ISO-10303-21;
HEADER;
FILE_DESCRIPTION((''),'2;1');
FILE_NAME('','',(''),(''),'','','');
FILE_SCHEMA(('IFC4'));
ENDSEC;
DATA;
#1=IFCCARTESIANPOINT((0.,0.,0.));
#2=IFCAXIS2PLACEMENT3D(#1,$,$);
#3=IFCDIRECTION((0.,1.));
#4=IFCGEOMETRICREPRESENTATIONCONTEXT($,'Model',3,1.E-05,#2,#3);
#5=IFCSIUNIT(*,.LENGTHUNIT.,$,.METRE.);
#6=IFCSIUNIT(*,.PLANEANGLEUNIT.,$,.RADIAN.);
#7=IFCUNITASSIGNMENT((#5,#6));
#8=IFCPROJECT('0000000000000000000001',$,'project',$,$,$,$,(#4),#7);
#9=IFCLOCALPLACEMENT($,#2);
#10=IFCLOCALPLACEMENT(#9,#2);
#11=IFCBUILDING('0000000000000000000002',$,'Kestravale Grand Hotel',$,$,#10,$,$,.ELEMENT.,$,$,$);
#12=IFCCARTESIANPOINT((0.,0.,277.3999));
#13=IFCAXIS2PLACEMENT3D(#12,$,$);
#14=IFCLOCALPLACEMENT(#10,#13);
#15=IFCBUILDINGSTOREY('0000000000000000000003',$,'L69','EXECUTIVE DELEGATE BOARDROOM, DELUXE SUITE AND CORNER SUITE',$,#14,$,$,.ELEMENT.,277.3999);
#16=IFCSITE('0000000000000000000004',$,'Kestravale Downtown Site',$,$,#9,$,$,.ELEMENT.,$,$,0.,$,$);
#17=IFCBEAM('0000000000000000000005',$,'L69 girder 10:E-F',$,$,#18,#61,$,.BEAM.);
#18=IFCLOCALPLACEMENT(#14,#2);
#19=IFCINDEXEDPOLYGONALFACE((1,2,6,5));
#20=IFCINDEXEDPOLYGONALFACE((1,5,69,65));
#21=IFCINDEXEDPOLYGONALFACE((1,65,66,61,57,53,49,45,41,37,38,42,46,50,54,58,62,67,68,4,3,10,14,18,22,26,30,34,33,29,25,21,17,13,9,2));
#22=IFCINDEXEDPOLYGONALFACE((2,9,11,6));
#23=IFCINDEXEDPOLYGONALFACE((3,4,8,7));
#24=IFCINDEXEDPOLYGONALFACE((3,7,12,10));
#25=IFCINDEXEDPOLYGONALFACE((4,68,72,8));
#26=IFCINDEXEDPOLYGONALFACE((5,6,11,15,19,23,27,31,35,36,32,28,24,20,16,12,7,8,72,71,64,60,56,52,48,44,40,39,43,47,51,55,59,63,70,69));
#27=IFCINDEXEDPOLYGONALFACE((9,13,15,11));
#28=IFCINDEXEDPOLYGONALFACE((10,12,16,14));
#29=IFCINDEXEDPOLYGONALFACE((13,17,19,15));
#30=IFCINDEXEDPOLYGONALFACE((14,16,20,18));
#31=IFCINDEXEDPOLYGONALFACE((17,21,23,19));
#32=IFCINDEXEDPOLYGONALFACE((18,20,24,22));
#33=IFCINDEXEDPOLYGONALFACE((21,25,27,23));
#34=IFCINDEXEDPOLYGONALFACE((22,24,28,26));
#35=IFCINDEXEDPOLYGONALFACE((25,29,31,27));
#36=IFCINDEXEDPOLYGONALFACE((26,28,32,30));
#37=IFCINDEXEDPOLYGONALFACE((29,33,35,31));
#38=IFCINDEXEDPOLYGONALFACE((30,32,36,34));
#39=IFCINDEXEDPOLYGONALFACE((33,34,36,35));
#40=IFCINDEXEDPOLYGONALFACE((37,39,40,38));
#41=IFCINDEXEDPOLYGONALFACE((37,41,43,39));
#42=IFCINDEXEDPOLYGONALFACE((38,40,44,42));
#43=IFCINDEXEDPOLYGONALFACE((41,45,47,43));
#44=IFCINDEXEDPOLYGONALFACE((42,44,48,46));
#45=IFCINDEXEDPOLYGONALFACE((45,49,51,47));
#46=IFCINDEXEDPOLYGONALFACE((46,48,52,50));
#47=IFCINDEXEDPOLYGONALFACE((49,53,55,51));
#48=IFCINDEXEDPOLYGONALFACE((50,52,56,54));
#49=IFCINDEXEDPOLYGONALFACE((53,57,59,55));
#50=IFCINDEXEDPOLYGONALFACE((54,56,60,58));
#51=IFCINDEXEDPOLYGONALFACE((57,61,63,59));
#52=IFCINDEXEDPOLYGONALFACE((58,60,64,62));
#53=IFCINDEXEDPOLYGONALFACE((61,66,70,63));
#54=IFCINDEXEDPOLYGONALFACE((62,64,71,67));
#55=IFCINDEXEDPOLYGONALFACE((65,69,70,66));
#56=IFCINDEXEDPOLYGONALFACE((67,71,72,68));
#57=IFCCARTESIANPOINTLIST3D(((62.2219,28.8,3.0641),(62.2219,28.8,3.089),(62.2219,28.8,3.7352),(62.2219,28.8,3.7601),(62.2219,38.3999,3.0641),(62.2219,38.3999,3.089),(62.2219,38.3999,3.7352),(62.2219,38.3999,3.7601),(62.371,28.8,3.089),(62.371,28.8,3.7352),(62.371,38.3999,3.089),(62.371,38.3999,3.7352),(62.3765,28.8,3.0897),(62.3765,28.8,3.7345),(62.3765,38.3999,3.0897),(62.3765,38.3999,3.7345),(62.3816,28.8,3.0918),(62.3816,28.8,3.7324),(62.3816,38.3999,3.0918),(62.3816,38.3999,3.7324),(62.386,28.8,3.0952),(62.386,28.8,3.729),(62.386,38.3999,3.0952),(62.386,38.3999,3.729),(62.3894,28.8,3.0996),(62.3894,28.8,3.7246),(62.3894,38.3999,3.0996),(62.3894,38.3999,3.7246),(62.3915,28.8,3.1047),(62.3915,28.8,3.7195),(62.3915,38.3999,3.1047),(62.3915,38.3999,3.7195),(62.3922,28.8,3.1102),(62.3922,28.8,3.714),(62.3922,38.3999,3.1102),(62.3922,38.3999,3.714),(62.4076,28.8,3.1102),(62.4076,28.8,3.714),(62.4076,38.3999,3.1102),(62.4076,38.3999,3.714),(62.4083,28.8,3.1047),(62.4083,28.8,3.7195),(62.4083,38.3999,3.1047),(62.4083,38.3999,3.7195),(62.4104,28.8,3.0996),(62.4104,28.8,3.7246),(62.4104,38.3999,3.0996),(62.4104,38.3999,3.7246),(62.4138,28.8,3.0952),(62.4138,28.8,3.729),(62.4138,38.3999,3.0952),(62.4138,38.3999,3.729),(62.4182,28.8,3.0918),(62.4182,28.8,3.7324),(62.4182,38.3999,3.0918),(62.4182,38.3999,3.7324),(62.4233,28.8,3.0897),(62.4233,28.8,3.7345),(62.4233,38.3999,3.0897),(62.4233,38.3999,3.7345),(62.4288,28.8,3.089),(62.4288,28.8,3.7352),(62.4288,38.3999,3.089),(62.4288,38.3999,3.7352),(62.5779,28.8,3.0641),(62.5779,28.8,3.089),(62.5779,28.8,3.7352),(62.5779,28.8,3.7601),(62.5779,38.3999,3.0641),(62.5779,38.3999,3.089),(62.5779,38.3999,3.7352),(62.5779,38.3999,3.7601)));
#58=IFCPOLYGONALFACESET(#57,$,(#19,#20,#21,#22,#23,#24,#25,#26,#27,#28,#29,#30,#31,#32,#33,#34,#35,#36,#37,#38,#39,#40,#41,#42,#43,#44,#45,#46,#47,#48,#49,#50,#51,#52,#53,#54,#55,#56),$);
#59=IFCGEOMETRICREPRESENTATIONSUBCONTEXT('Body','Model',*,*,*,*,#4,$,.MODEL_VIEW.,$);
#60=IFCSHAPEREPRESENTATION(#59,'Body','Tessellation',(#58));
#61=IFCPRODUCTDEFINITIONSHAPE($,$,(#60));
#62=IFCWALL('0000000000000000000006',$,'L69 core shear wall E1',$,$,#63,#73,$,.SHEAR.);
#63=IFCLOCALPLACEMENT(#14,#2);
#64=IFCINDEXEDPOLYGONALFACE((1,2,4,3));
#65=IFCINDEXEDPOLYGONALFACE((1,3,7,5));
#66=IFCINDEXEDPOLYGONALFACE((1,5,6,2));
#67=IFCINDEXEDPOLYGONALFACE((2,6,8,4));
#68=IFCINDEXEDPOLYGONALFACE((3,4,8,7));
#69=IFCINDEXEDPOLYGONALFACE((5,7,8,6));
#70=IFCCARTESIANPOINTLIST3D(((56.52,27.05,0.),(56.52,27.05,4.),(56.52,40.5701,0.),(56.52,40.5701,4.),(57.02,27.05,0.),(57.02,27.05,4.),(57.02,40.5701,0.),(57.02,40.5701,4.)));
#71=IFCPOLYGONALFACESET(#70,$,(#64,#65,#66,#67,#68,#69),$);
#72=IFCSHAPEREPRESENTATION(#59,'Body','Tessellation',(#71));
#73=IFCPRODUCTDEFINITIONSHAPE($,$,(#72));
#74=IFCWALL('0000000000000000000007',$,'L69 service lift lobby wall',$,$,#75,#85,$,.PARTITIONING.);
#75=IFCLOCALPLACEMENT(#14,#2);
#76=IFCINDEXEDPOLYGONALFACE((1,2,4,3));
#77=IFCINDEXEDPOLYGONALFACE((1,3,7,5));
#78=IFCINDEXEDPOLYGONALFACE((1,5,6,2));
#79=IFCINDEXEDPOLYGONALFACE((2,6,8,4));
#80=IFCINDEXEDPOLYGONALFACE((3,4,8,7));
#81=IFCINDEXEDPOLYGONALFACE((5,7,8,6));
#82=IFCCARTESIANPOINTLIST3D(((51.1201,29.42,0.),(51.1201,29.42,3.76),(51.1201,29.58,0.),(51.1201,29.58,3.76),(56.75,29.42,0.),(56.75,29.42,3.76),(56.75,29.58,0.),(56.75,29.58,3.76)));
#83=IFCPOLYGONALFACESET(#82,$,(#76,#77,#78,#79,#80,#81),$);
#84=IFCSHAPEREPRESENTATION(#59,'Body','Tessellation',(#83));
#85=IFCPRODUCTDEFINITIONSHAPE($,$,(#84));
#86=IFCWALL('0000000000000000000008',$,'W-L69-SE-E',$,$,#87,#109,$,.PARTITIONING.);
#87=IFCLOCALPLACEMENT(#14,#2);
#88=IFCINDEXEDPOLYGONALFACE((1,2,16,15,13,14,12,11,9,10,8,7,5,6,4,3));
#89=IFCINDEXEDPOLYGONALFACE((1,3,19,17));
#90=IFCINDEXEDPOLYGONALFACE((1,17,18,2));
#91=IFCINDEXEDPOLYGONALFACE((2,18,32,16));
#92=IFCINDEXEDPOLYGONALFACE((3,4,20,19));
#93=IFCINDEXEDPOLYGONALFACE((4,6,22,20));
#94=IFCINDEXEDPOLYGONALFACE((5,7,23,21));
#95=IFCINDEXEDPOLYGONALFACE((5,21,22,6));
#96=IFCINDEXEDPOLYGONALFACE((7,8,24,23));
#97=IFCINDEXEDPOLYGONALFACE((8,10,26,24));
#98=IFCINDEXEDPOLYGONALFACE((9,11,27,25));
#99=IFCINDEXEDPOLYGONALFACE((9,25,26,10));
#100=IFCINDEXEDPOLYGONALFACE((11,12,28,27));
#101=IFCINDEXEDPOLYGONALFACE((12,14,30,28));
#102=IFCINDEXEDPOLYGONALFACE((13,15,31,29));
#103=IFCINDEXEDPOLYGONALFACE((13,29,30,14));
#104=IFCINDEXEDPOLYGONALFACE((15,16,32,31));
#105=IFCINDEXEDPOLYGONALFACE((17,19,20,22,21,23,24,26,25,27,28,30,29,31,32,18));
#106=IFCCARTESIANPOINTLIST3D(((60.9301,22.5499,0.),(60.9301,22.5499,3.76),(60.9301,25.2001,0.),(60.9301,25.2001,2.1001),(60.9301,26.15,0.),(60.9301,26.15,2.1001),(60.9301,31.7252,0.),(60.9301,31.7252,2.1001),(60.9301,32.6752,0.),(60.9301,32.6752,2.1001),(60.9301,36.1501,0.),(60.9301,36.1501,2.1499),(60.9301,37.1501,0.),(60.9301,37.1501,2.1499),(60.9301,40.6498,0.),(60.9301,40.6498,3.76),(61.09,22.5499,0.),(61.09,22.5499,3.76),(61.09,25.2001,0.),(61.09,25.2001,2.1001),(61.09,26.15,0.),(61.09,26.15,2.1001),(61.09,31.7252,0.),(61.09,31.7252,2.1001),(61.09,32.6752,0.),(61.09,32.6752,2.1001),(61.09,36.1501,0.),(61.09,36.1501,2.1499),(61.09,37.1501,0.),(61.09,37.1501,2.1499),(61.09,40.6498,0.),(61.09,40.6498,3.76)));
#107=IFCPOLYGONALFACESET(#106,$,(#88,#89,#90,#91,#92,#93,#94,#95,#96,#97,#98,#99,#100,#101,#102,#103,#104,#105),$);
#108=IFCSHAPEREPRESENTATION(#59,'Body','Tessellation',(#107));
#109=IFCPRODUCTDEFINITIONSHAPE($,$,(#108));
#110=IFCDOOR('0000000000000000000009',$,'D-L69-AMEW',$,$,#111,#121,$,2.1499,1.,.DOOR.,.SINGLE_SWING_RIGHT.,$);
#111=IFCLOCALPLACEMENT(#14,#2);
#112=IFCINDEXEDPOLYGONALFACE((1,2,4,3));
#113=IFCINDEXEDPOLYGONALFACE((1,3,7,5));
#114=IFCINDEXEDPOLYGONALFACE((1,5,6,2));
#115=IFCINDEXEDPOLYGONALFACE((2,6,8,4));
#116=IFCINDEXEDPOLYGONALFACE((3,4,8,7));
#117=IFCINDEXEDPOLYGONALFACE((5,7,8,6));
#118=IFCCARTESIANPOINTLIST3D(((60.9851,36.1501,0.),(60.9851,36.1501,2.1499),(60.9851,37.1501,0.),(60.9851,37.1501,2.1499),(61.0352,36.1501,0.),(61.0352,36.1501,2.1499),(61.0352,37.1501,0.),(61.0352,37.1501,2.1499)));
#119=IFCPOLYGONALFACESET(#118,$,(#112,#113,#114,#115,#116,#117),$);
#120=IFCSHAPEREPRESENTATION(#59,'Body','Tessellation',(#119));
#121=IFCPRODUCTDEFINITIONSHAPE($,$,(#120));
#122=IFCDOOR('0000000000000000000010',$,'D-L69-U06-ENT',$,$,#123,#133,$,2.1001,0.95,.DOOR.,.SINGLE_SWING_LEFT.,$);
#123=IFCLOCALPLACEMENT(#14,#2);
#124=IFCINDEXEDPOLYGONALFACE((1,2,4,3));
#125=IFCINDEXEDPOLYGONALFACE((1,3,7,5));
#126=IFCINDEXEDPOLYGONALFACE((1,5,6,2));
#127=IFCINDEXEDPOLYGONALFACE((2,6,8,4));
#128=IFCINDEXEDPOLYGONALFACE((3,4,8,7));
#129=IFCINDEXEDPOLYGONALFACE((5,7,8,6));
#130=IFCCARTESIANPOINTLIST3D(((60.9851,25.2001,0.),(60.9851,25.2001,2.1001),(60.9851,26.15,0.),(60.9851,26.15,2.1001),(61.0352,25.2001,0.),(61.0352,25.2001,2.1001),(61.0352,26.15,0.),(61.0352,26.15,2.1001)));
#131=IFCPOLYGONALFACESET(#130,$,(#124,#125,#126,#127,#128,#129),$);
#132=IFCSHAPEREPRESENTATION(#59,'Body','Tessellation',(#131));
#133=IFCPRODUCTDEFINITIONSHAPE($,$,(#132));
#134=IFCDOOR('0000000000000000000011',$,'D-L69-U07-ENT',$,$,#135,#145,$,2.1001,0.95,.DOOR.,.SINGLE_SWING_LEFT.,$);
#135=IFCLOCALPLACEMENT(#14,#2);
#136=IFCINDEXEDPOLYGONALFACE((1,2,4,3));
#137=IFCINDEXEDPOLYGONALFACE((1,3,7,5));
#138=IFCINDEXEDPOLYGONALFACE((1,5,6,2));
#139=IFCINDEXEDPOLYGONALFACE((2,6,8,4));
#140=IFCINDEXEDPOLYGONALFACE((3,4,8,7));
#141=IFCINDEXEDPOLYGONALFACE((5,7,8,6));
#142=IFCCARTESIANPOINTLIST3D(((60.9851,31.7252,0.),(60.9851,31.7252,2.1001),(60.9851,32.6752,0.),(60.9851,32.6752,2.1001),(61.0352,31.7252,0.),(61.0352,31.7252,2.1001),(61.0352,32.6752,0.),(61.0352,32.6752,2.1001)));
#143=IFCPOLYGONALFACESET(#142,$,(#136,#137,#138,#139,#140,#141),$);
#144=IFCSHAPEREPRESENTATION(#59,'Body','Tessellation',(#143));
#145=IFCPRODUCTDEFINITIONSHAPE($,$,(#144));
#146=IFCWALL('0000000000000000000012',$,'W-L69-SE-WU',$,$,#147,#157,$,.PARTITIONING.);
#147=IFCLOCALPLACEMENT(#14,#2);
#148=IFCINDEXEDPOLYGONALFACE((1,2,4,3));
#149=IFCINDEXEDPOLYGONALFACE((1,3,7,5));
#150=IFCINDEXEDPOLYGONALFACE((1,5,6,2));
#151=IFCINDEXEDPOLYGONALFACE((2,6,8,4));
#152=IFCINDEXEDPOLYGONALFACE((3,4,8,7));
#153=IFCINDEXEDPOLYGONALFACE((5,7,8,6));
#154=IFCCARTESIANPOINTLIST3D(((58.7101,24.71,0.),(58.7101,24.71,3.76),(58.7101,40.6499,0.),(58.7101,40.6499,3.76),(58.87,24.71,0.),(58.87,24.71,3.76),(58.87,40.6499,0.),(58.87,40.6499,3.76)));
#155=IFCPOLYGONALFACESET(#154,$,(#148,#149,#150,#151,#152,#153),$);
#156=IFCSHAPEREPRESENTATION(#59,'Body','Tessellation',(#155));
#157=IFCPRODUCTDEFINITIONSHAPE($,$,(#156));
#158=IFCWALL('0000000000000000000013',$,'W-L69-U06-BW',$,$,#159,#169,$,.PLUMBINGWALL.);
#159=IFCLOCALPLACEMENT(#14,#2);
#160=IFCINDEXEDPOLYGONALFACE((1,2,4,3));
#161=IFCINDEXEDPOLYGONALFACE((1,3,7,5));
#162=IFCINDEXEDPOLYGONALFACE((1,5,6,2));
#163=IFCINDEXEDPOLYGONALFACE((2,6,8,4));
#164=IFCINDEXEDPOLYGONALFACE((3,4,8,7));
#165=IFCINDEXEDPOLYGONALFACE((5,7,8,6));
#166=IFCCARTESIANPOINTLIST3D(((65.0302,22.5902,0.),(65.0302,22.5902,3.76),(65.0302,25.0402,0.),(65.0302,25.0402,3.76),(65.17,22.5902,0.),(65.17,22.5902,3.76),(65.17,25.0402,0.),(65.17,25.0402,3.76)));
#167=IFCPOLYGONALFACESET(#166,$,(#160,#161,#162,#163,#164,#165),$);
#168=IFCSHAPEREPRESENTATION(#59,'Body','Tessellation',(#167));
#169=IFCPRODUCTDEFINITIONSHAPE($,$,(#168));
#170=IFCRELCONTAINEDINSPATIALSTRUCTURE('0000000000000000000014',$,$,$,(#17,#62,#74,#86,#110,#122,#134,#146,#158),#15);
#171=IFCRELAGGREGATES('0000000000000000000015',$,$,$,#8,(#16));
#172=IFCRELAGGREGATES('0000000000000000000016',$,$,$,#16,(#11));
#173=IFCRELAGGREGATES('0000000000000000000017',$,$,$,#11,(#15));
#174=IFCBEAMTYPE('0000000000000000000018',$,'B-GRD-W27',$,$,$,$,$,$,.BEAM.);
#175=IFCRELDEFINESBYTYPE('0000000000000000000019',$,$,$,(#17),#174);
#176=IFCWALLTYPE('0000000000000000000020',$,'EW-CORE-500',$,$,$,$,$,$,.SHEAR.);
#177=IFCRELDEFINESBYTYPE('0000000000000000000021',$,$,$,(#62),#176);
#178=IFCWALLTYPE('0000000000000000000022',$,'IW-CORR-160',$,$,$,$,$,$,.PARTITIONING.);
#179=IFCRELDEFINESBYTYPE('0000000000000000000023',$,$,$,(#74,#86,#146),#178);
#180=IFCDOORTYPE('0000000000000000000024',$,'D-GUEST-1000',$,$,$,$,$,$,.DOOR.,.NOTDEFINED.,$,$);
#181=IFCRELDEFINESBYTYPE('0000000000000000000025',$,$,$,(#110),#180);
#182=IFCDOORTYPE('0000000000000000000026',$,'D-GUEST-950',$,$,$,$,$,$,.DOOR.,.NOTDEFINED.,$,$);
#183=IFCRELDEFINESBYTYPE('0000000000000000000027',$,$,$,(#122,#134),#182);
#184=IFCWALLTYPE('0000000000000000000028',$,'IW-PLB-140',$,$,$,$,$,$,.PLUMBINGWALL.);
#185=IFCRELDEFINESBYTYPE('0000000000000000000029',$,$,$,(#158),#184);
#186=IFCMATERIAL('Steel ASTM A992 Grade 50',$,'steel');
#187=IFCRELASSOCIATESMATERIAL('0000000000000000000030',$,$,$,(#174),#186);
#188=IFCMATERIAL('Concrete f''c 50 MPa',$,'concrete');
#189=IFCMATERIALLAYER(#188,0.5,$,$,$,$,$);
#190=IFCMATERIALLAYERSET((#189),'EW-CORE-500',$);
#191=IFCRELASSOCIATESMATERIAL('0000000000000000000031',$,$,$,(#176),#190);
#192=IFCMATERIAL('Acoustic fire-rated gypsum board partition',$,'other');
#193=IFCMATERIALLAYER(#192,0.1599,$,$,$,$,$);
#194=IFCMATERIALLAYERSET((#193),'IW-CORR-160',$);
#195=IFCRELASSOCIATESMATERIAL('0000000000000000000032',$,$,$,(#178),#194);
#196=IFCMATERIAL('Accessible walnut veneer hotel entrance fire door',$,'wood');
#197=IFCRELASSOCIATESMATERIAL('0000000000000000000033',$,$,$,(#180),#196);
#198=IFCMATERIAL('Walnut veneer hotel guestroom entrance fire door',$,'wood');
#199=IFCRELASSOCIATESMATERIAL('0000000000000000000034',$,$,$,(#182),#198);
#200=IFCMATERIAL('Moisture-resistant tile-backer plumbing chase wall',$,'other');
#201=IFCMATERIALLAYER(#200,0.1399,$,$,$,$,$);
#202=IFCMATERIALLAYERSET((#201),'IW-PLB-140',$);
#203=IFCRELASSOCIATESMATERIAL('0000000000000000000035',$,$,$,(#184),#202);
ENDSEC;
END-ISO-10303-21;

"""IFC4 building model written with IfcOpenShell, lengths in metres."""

from ifc_helpers import new_model, si_unit, direction, frame, frame_2d, origin, origin_2d, place, context, subcontext, project, spatial, rectangle, i_section, extrude, material, layer, layer_set, material_profile, profile_set, type_object, element, fill, save


model = new_model("IFC4")

# Units and contexts
model_context = context("Model", 3, precision=1e-05, world=origin(), true_north=direction((0.0, 1.0)))
body_context = subcontext(model_context, "Body", "Model", "MODEL_VIEW")
ifc_project = project(units=[si_unit("LENGTHUNIT", "METRE"), si_unit("PLANEANGLEUNIT", "RADIAN")], contexts=[model_context])

# Site, building, storey
site_placement = place(None, origin())
site = spatial("IfcSite", under=ifc_project, at=site_placement, Name="Kestravale Downtown Site", CompositionType="ELEMENT", RefElevation=0.0)
building_placement = place(site_placement, origin())
building = spatial("IfcBuilding", under=site, at=building_placement, Name="Kestravale Grand Hotel", CompositionType="ELEMENT")
storey_placement = place(building_placement, frame((0.0, 0.0, 277.3999)))
storey = spatial("IfcBuildingStorey", under=building, at=storey_placement, Name="L69", Description="EXECUTIVE DELEGATE BOARDROOM, DELUXE SUITE AND CORNER SUITE", CompositionType="ELEMENT", Elevation=277.3999)

# Beam
ifc_material_1 = material(Name="Steel ASTM A992 Grade 50", Category="steel")
ifc_material_profile_1 = material_profile(ifc_material_1, i_section(OverallWidth=0.356, OverallDepth=0.696, WebThickness=0.0154, FlangeThickness=0.0249, FilletRadius=0.0212, at=origin_2d()))
ifc_profile_set_1 = profile_set([ifc_material_profile_1], Name="Steel ASTM A992 Grade 50")
beam_type = type_object("IfcBeamType", Name="B-GRD-W27", PredefinedType="BEAM", material=ifc_profile_set_1)
beam_1_placement = place(storey_placement, frame((62.3999, 28.8, 3.4121), z_axis=(0.0, 1.0, 0.0), x_axis=(-1.0, 0.0, 0.0)))
element("IfcBeam", 1, at=beam_1_placement, inside=storey, type_object=beam_type, Name="L69 girder 10:E-F", PredefinedType="BEAM", context=body_context, shape_type="SweptSolid", body=[
    extrude(i_section(OverallWidth=0.356, OverallDepth=0.696, WebThickness=0.0154, FlangeThickness=0.0249, FilletRadius=0.0212, at=origin_2d()), origin(), (0.0, 0.0, 1.0), 9.5999),
])

# Walls
ifc_material_2 = material(Name="Concrete f'c 50 MPa", Category="concrete")
ifc_layer_1 = layer(ifc_material_2, 0.5)
ifc_layer_set_1 = layer_set([ifc_layer_1], Name="EW-CORE-500")
wall_type_1 = type_object("IfcWallType", Name="EW-CORE-500", PredefinedType="SHEAR", material=ifc_layer_set_1)
wall_1_placement = place(storey_placement, frame((56.77, 27.05, 0.0), z_axis=(0.0, 0.0, 1.0), x_axis=(0.0, 1.0, 0.0)))
element("IfcWall", 2, at=wall_1_placement, inside=storey, type_object=wall_type_1, Name="L69 core shear wall E1", PredefinedType="SHEAR", context=body_context, shape_type="SweptSolid", body=[
    extrude(rectangle(XDim=13.52, YDim=0.5, at=frame_2d((6.76, 0.0))), origin(), (0.0, 0.0, 1.0), 4.0),
])
ifc_material_3 = material(Name="Acoustic fire-rated gypsum board partition", Category="other")
ifc_layer_2 = layer(ifc_material_3, 0.1599)
ifc_layer_set_2 = layer_set([ifc_layer_2], Name="IW-CORR-160")
wall_type_2 = type_object("IfcWallType", Name="IW-CORR-160", PredefinedType="PARTITIONING", material=ifc_layer_set_2)
wall_2_placement = place(storey_placement, frame((51.1201, 29.5, 0.0), z_axis=(0.0, 0.0, 1.0), x_axis=(1.0, 0.0, 0.0)))
element("IfcWall", 3, at=wall_2_placement, inside=storey, type_object=wall_type_2, Name="L69 service lift lobby wall", PredefinedType="PARTITIONING", context=body_context, shape_type="SweptSolid", body=[
    extrude(rectangle(XDim=5.6299, YDim=0.1599, at=frame_2d((2.8149, 0.0))), origin(), (0.0, 0.0, 1.0), 3.76),
])

# Wall, openings, doors
wall_3_placement = place(storey_placement, frame((61.01, 22.55, 0.0), z_axis=(0.0, 0.0, 1.0), x_axis=(0.0, 1.0, 0.0)))
wall_3 = element("IfcWall", 4, at=wall_3_placement, inside=storey, type_object=wall_type_2, Name="W-L69-SE-E", PredefinedType="PARTITIONING", context=body_context, shape_type="SweptSolid", body=[
    extrude(rectangle(XDim=18.0999, YDim=0.1599, at=frame_2d((9.0498, 0.0))), origin(), (0.0, 0.0, 1.0), 3.76),
])
opening_1_placement = place(wall_3_placement, frame((2.6499, 0.0, 0.0)))
opening_1 = element("IfcOpeningElement", 5, at=opening_1_placement, cuts=wall_3, PredefinedType="OPENING", context=body_context, shape_type="SweptSolid", body=[
    extrude(rectangle(XDim=0.95, YDim=2.1001, at=frame_2d((0.4751, 1.05))), frame((0.0, 0.0898, 0.0), z_axis=(0.0, -1.0, 0.0), x_axis=(1.0, 0.0, 0.0)), (0.0, 0.0, 1.0), 0.1799),
])
opening_2_placement = place(wall_3_placement, frame((9.175, 0.0, 0.0)))
opening_2 = element("IfcOpeningElement", 6, at=opening_2_placement, cuts=wall_3, PredefinedType="OPENING", context=body_context, shape_type="SweptSolid", body=[
    extrude(rectangle(XDim=0.95, YDim=2.1001, at=frame_2d((0.4751, 1.05))), frame((0.0, 0.0898, 0.0), z_axis=(0.0, -1.0, 0.0), x_axis=(1.0, 0.0, 0.0)), (0.0, 0.0, 1.0), 0.1799),
])
opening_3_placement = place(wall_3_placement, frame((13.6001, 0.0, 0.0)))
opening_3 = element("IfcOpeningElement", 7, at=opening_3_placement, cuts=wall_3, PredefinedType="OPENING", context=body_context, shape_type="SweptSolid", body=[
    extrude(rectangle(XDim=1.0, YDim=2.1499, at=frame_2d((0.5, 1.075))), frame((0.0, 0.0898, 0.0), z_axis=(0.0, -1.0, 0.0), x_axis=(1.0, 0.0, 0.0)), (0.0, 0.0, 1.0), 0.1799),
])
ifc_material_4 = material(Name="Accessible walnut veneer hotel entrance fire door", Category="wood")
door_type_1 = type_object("IfcDoorType", Name="D-GUEST-1000", OperationType="NOTDEFINED", PredefinedType="DOOR", material=ifc_material_4)
door_1_placement = place(opening_3_placement, origin())
door_1 = element("IfcDoor", 8, at=door_1_placement, inside=storey, type_object=door_type_1, Name="D-L69-AMEW", OperationType="SINGLE_SWING_RIGHT", OverallHeight=2.1499, OverallWidth=1.0, PredefinedType="DOOR", context=body_context, shape_type="SweptSolid", body=[
    extrude(rectangle(XDim=1.0, YDim=2.1499, at=frame_2d((0.5, 1.075))), frame((0.0, 0.0249, 0.0), z_axis=(0.0, -1.0, 0.0), x_axis=(1.0, 0.0, 0.0)), (0.0, 0.0, 1.0), 0.05),
])
fill(opening_3, door_1)
ifc_material_5 = material(Name="Walnut veneer hotel guestroom entrance fire door", Category="wood")
door_type_2 = type_object("IfcDoorType", Name="D-GUEST-950", OperationType="NOTDEFINED", PredefinedType="DOOR", material=ifc_material_5)
door_2_placement = place(opening_1_placement, origin())
door_2 = element("IfcDoor", 9, at=door_2_placement, inside=storey, type_object=door_type_2, Name="D-L69-U06-ENT", OperationType="SINGLE_SWING_LEFT", OverallHeight=2.1001, OverallWidth=0.95, PredefinedType="DOOR", context=body_context, shape_type="SweptSolid", body=[
    extrude(rectangle(XDim=0.95, YDim=2.1001, at=frame_2d((0.4751, 1.05))), frame((0.0, 0.0249, 0.0), z_axis=(0.0, -1.0, 0.0), x_axis=(1.0, 0.0, 0.0)), (0.0, 0.0, 1.0), 0.05),
])
fill(opening_1, door_2)
door_3_placement = place(opening_2_placement, origin())
door_3 = element("IfcDoor", 10, at=door_3_placement, inside=storey, type_object=door_type_2, Name="D-L69-U07-ENT", OperationType="SINGLE_SWING_LEFT", OverallHeight=2.1001, OverallWidth=0.95, PredefinedType="DOOR", context=body_context, shape_type="SweptSolid", body=[
    extrude(rectangle(XDim=0.95, YDim=2.1001, at=frame_2d((0.4751, 1.05))), frame((0.0, 0.0249, 0.0), z_axis=(0.0, -1.0, 0.0), x_axis=(1.0, 0.0, 0.0)), (0.0, 0.0, 1.0), 0.05),
])
fill(opening_2, door_3)

# Walls
wall_4_placement = place(storey_placement, frame((58.79, 24.71, 0.0), z_axis=(0.0, 0.0, 1.0), x_axis=(0.0, 1.0, 0.0)))
element("IfcWall", 11, at=wall_4_placement, inside=storey, type_object=wall_type_2, Name="W-L69-SE-WU", PredefinedType="PARTITIONING", context=body_context, shape_type="SweptSolid", body=[
    extrude(rectangle(XDim=15.9399, YDim=0.1599, at=frame_2d((7.97, 0.0))), origin(), (0.0, 0.0, 1.0), 3.76),
])
ifc_material_6 = material(Name="Moisture-resistant tile-backer plumbing chase wall", Category="other")
ifc_layer_3 = layer(ifc_material_6, 0.1399)
ifc_layer_set_3 = layer_set([ifc_layer_3], Name="IW-PLB-140")
wall_type_3 = type_object("IfcWallType", Name="IW-PLB-140", PredefinedType="PLUMBINGWALL", material=ifc_layer_set_3)
wall_5_placement = place(storey_placement, frame((65.1001, 22.5901, 0.0), z_axis=(0.0, 0.0, 1.0), x_axis=(0.0, 1.0, 0.0)))
element("IfcWall", 12, at=wall_5_placement, inside=storey, type_object=wall_type_3, Name="W-L69-U06-BW", PredefinedType="PLUMBINGWALL", context=body_context, shape_type="SweptSolid", body=[
    extrude(rectangle(XDim=2.45, YDim=0.1399, at=frame_2d((1.2251, 0.0))), origin(), (0.0, 0.0, 1.0), 3.76),
])

save(model, "model.ifc")
